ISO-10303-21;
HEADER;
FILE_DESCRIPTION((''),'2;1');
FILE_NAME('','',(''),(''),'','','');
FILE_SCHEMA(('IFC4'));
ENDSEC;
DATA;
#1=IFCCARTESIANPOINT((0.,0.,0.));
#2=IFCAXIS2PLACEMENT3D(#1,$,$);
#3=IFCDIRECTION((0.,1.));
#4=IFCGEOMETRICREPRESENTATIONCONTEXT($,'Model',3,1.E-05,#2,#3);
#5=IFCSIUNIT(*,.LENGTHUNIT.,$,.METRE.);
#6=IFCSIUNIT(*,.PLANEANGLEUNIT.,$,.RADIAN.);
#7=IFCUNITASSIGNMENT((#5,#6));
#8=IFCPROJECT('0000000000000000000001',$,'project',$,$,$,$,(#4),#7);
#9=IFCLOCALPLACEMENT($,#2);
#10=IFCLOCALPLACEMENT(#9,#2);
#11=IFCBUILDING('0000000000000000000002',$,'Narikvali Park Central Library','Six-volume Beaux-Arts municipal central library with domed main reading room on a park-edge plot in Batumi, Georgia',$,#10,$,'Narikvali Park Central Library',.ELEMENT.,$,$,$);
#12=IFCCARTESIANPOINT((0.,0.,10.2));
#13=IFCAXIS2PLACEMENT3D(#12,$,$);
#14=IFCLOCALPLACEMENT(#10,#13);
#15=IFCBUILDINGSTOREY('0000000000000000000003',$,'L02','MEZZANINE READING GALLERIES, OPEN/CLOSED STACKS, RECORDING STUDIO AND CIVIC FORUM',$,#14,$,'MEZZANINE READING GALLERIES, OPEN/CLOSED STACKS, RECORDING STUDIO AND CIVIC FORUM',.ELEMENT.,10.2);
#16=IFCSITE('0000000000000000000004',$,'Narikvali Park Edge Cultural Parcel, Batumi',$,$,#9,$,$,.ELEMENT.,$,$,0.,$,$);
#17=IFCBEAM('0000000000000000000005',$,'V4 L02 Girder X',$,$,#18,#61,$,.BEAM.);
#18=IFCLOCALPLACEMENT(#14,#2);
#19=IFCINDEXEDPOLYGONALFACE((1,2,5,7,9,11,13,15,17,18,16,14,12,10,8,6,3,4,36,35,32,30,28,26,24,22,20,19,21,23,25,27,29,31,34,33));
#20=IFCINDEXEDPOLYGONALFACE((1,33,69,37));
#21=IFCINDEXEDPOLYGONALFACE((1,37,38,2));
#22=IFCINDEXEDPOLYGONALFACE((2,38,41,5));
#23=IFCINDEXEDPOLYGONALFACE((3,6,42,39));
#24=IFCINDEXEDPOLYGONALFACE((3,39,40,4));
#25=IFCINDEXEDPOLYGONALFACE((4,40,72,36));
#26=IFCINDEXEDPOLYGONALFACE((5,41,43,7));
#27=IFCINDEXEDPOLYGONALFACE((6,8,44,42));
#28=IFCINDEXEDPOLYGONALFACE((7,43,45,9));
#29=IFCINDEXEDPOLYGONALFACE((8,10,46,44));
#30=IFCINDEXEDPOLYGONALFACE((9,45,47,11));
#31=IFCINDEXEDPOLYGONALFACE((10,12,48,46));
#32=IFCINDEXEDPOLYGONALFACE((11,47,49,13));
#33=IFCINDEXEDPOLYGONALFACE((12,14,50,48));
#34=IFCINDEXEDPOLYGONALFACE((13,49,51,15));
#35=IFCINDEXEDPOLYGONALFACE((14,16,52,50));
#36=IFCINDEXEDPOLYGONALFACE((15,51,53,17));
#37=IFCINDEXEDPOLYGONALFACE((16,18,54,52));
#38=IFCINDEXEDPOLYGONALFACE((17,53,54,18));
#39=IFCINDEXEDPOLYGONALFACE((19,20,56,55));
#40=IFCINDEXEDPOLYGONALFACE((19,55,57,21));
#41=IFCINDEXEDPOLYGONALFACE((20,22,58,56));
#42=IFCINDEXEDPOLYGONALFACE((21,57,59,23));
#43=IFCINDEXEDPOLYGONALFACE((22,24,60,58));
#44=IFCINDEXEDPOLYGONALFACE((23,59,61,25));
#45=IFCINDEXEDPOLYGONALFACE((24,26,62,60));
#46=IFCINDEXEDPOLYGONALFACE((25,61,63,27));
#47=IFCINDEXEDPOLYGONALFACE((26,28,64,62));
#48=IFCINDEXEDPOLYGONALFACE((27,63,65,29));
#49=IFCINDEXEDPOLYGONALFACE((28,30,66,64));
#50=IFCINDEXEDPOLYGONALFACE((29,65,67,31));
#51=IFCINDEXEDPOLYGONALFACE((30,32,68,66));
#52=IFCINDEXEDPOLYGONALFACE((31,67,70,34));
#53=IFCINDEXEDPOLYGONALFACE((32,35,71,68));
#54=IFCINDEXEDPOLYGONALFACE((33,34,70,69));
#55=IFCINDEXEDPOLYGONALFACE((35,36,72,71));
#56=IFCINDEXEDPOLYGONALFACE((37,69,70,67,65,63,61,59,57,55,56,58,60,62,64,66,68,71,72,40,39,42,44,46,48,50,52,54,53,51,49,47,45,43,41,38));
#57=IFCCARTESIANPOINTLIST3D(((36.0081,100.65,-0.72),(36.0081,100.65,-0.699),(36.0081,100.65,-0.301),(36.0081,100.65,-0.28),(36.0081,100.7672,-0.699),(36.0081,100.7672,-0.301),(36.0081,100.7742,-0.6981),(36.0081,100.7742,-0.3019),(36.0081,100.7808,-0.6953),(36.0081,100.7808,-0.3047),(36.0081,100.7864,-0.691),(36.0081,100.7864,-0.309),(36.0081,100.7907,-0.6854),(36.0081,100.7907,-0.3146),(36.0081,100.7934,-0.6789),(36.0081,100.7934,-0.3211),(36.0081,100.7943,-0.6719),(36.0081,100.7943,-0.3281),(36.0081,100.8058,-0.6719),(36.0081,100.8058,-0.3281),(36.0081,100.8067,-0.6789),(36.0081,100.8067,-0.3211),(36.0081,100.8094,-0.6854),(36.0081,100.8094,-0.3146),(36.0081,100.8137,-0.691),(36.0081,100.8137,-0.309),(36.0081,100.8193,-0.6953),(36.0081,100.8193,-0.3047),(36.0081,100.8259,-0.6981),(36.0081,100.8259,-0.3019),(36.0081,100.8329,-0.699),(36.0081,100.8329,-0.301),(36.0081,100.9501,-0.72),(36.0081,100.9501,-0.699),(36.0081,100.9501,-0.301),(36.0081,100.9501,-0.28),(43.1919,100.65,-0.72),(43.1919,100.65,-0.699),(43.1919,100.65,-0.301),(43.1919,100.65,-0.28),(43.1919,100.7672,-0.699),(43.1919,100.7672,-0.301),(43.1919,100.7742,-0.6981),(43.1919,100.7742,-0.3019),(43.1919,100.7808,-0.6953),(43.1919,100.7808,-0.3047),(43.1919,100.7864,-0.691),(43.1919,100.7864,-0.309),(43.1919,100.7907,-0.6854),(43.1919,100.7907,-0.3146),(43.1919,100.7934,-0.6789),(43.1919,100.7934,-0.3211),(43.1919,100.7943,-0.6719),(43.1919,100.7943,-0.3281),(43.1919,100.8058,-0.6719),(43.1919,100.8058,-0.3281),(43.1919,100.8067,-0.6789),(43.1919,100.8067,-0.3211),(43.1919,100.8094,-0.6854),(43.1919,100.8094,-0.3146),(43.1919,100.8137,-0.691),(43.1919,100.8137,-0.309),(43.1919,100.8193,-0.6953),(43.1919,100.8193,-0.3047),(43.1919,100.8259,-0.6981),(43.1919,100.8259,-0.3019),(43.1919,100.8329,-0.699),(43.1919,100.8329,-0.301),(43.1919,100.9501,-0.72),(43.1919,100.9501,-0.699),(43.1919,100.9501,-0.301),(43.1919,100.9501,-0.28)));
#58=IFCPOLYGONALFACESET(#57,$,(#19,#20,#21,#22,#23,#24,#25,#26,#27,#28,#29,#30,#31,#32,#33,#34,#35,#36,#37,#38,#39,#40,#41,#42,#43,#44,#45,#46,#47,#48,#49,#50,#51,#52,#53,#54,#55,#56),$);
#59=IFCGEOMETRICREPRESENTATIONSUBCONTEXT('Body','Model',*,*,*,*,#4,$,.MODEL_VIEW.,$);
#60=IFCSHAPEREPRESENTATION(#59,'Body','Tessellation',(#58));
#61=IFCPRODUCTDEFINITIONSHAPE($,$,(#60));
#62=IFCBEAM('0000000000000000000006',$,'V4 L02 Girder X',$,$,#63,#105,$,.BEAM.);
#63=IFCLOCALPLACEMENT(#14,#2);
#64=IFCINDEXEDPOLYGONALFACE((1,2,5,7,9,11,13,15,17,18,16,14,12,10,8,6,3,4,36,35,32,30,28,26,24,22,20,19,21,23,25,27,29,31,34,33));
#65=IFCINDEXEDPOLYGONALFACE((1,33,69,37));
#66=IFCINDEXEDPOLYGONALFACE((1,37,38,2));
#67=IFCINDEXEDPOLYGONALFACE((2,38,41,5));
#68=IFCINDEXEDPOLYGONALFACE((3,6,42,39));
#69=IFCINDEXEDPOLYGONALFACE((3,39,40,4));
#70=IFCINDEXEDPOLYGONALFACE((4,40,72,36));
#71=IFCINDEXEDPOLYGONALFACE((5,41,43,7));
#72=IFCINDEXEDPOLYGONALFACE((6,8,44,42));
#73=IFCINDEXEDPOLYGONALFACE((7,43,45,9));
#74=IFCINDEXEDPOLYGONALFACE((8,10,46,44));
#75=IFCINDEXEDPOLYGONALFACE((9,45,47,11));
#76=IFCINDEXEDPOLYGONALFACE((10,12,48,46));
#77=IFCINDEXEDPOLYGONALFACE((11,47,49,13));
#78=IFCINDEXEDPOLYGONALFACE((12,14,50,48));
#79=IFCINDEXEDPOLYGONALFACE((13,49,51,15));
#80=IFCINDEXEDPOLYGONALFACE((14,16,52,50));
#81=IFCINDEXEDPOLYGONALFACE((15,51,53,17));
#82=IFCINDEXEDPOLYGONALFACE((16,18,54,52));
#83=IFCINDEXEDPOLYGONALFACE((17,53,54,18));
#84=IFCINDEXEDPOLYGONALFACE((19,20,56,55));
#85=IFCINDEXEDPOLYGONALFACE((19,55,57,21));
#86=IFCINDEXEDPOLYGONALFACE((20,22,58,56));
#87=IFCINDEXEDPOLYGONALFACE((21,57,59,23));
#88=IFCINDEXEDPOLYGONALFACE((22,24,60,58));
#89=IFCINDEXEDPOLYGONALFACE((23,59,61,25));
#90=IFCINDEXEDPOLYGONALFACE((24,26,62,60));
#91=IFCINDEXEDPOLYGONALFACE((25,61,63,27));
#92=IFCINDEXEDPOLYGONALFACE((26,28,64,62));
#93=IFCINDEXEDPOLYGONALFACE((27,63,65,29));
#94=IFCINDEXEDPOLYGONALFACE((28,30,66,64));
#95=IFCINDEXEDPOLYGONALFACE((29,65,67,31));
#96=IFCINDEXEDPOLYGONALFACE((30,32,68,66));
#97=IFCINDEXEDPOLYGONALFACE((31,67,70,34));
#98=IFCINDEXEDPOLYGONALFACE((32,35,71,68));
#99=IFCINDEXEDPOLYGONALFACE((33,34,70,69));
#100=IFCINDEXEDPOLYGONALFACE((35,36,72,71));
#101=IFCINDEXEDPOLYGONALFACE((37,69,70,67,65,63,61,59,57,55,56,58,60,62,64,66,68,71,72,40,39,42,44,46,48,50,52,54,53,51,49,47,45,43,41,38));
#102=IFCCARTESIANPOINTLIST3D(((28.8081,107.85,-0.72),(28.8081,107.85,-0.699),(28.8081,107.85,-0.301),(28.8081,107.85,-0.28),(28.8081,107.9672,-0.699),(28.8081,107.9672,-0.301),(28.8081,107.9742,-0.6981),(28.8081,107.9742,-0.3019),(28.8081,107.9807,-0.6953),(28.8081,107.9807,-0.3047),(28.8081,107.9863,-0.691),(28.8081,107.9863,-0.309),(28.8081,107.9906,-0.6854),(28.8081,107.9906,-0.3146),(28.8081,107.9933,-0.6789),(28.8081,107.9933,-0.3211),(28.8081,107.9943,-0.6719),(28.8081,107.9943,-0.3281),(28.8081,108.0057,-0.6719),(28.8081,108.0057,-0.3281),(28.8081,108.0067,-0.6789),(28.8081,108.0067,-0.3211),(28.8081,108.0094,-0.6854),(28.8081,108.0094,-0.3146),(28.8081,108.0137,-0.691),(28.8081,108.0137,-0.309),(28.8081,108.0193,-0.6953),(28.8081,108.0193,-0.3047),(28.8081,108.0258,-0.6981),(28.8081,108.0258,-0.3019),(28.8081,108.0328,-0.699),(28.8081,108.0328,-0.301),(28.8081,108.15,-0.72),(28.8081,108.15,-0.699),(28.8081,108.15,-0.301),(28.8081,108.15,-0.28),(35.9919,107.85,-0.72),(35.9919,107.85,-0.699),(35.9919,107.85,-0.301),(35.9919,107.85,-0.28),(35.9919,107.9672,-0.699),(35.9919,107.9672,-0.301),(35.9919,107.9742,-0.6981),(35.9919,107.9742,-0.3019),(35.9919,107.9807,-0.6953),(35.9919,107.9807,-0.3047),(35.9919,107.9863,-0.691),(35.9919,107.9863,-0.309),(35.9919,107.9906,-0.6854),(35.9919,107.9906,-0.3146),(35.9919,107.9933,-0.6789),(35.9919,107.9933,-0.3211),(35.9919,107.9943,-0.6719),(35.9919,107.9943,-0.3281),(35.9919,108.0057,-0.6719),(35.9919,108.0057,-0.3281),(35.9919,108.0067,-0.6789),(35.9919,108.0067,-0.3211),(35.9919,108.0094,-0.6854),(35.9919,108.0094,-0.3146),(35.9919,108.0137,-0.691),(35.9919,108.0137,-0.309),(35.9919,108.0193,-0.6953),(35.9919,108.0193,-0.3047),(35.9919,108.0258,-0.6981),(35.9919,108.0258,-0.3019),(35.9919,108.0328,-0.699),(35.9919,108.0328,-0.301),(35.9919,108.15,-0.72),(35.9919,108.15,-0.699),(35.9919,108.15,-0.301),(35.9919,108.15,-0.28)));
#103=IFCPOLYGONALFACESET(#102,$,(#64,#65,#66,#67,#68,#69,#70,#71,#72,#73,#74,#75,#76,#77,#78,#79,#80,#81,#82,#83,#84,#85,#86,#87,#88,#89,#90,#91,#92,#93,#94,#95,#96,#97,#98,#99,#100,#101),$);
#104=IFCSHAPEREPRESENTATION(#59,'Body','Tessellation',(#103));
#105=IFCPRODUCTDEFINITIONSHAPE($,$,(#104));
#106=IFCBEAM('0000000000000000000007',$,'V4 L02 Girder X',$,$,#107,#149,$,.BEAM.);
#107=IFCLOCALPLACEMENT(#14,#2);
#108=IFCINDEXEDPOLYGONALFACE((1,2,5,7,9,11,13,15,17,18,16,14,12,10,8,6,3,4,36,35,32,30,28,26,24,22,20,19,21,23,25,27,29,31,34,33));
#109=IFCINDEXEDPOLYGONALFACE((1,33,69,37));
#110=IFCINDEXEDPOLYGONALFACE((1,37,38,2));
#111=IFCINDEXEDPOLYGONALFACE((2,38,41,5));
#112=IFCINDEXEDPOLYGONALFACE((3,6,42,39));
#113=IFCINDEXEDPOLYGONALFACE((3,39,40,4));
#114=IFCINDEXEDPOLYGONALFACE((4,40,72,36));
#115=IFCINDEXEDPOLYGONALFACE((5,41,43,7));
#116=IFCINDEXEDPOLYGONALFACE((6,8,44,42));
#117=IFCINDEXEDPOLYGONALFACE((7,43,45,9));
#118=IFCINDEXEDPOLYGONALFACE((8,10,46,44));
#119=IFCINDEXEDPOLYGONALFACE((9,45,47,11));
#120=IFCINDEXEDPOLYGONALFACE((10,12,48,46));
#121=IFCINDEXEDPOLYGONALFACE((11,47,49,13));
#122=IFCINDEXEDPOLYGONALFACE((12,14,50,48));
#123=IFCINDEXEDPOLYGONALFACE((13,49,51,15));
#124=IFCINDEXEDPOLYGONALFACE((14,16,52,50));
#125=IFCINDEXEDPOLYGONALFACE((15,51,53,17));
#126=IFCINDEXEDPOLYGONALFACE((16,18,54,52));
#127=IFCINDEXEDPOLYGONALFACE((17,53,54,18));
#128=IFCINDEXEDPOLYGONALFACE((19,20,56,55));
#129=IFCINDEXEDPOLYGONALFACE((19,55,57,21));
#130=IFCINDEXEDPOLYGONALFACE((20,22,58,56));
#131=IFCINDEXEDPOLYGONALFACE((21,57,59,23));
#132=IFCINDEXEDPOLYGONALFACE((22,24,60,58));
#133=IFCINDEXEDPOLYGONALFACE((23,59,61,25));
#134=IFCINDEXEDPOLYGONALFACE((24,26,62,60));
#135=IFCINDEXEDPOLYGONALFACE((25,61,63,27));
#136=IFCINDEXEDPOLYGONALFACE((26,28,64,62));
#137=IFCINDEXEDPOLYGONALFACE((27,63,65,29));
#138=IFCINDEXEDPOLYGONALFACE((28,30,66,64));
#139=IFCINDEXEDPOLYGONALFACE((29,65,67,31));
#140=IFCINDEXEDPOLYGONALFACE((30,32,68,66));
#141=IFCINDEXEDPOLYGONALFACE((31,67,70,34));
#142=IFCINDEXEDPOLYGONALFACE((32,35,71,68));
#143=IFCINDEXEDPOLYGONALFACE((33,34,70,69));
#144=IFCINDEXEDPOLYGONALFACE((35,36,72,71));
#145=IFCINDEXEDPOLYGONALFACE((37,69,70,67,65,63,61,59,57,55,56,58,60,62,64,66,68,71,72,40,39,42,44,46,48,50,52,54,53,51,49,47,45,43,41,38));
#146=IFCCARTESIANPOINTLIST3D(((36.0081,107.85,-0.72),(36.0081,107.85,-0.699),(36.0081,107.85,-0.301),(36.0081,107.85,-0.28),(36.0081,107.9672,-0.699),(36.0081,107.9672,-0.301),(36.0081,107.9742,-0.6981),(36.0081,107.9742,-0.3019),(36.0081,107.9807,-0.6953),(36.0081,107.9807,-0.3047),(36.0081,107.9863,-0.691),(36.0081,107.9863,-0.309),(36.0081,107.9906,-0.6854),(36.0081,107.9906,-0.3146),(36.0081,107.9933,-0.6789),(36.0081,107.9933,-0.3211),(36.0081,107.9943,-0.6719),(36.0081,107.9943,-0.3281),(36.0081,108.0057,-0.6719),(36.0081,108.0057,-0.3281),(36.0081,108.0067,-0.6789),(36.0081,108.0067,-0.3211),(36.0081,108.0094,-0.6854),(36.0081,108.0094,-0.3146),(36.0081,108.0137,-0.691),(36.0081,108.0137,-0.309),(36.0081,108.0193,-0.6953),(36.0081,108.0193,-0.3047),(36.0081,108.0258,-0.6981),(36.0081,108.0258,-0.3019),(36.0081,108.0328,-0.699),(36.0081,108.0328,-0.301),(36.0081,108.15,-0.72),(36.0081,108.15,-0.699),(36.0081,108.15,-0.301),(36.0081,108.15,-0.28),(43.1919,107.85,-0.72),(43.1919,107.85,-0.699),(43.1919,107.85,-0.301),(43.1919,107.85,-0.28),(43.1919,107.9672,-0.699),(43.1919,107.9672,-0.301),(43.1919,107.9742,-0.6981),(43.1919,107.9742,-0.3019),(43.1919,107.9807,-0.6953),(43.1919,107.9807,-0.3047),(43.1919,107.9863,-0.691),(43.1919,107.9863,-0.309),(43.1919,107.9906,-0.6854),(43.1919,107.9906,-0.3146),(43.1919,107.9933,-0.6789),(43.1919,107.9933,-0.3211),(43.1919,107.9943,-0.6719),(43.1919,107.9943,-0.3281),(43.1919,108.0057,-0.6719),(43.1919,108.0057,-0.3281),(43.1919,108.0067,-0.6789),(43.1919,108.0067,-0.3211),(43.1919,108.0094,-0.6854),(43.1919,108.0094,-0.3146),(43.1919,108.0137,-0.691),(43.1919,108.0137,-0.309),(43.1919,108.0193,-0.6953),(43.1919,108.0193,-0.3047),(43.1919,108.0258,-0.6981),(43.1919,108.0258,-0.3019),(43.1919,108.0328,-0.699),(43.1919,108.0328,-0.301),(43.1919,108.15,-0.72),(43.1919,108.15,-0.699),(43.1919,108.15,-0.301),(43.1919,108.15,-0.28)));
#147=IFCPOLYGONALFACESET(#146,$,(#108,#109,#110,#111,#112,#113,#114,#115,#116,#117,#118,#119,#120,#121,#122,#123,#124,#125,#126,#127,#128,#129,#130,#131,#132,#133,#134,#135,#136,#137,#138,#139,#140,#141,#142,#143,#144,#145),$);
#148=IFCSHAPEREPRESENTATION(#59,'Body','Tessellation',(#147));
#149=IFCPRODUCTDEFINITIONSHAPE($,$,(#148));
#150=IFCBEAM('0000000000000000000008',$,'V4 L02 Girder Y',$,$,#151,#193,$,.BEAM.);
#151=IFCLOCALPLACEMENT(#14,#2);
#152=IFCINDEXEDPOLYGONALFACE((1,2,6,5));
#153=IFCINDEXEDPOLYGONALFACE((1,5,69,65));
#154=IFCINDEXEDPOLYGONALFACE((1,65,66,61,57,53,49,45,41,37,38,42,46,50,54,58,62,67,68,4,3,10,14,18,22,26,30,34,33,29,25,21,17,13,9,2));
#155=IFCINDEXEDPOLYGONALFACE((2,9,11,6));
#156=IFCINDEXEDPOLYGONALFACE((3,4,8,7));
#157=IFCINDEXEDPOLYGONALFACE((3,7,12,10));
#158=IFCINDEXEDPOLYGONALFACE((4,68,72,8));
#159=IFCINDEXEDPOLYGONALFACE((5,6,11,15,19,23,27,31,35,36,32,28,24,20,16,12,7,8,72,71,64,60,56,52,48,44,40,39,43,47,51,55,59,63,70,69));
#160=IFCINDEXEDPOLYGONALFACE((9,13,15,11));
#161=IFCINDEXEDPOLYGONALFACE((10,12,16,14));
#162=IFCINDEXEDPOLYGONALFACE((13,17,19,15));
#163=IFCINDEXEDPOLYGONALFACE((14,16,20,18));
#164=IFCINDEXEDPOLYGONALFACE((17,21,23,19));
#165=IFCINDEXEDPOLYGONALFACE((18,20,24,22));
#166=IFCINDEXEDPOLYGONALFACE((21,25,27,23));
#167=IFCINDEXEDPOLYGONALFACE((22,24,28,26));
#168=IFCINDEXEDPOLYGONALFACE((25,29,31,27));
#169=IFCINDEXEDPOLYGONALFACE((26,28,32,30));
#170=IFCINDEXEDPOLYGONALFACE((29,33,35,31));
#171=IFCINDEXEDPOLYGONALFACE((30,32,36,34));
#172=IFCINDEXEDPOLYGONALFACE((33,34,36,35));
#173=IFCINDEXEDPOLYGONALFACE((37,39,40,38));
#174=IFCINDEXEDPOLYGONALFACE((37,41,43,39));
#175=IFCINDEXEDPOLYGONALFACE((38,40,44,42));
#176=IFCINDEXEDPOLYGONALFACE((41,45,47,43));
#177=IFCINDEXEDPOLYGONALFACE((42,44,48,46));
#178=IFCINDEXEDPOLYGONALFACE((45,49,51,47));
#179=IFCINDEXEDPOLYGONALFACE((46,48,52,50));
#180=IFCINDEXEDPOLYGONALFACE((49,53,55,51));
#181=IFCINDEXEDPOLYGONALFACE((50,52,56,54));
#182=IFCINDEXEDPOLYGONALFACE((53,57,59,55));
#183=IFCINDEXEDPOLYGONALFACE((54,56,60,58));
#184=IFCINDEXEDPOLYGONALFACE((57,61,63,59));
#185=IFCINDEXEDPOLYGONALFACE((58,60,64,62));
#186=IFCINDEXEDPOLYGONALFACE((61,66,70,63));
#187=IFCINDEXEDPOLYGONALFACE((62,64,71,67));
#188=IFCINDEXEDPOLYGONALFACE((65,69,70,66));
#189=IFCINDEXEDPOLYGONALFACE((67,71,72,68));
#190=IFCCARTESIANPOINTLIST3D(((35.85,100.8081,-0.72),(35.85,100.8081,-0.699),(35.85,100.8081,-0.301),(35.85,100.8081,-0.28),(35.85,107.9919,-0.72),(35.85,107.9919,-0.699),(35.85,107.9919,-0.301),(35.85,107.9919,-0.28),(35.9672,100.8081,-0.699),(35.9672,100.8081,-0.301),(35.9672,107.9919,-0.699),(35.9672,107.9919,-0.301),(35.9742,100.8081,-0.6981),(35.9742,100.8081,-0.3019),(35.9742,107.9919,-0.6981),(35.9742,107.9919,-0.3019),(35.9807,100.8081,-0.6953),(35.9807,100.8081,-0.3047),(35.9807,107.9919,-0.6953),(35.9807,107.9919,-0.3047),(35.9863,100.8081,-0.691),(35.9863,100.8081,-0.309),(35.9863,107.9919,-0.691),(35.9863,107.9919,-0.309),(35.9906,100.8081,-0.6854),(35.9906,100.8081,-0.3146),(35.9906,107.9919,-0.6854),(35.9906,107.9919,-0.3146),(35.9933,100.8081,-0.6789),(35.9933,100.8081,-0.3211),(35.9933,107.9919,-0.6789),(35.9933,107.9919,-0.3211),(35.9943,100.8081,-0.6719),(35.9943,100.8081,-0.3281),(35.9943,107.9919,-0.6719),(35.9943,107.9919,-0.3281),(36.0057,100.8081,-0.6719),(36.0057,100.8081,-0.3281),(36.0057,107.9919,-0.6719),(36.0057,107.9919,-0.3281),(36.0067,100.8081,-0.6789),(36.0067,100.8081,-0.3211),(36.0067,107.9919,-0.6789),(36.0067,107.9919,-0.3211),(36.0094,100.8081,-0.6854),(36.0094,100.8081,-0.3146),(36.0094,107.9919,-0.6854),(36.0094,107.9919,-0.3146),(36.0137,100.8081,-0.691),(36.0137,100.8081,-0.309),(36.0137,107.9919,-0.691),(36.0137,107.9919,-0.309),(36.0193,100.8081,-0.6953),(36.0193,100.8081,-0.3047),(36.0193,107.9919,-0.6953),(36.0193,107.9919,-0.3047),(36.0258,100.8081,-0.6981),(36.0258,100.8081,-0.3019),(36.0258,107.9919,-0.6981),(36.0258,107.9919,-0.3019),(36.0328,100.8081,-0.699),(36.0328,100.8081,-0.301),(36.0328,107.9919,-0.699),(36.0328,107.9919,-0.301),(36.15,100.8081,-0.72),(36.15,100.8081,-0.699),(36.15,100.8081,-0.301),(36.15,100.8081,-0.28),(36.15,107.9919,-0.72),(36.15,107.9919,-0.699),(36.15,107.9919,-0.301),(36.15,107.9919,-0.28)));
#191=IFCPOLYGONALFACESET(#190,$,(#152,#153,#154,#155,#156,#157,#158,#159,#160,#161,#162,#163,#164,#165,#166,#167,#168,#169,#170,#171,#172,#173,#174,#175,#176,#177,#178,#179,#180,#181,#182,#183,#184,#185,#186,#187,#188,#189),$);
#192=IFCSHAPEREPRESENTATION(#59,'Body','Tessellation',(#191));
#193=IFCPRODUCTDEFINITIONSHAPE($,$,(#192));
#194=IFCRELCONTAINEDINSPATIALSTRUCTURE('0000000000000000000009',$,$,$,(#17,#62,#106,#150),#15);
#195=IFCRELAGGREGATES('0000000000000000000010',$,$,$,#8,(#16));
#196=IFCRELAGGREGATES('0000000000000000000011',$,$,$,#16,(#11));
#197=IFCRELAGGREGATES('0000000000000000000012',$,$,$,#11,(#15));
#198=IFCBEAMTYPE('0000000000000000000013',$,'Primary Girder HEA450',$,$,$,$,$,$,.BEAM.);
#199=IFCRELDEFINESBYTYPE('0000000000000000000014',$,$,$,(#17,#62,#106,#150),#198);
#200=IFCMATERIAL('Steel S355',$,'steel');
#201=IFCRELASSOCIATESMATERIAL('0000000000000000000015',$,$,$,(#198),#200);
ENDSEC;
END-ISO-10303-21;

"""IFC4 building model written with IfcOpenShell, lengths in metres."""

from ifc_helpers import new_model, si_unit, direction, frame, origin, origin_2d, place, context, subcontext, project, spatial, i_section, extrude, material, material_profile, profile_set, type_object, element, save


model = new_model("IFC4")

# Units and contexts
model_context = context("Model", 3, precision=1e-05, world=origin(), true_north=direction((0.0, 1.0)))
body_context = subcontext(model_context, "Body", "Model", "MODEL_VIEW")
ifc_project = project(units=[si_unit("LENGTHUNIT", "METRE"), si_unit("PLANEANGLEUNIT", "RADIAN")], contexts=[model_context])

# Site, building, storey
site_placement = place(None, origin())
site = spatial("IfcSite", under=ifc_project, at=site_placement, Name="Narikvali Park Edge Cultural Parcel, Batumi", CompositionType="ELEMENT", RefElevation=0.0)
building_placement = place(site_placement, origin())
building = spatial("IfcBuilding", under=site, at=building_placement, Name="Narikvali Park Central Library", Description="Six-volume Beaux-Arts municipal central library with domed main reading room on a park-edge plot in Batumi, Georgia", LongName="Narikvali Park Central Library", CompositionType="ELEMENT")
storey_placement = place(building_placement, frame((0.0, 0.0, 10.2)))
storey = spatial("IfcBuildingStorey", under=building, at=storey_placement, Name="L02", Description="MEZZANINE READING GALLERIES, OPEN/CLOSED STACKS, RECORDING STUDIO AND CIVIC FORUM", LongName="MEZZANINE READING GALLERIES, OPEN/CLOSED STACKS, RECORDING STUDIO AND CIVIC FORUM", CompositionType="ELEMENT", Elevation=10.2)

# Shared definitions
ifc_material_1 = material(Name="Steel S355", Category="steel")

# Beams
ifc_material_profile_1 = material_profile(ifc_material_1, i_section(OverallWidth=0.3, OverallDepth=0.4399, WebThickness=0.0115, FlangeThickness=0.021, FilletRadius=0.0271, at=origin_2d()), Name="HEA 450")
ifc_profile_set_1 = profile_set([ifc_material_profile_1], Name="Steel S355")
beam_type_1 = type_object("IfcBeamType", Name="Primary Girder HEA450", PredefinedType="BEAM", material=ifc_profile_set_1)
for number, where, z_axis, x_axis, name in (
    (1, (36.0081, 100.8, -0.5), (1.0, 0.0, 0.0), (0.0, 1.0, 0.0), "V4 L02 Girder X"),
    (2, (28.8081, 108.0, -0.5), (1.0, 0.0, 0.0), (0.0, 1.0, 0.0), "V4 L02 Girder X"),
    (3, (36.0081, 108.0, -0.5), (1.0, 0.0, 0.0), (0.0, 1.0, 0.0), "V4 L02 Girder X"),
    (4, (36.0, 100.8081, -0.5), (0.0, 1.0, 0.0), (-1.0, 0.0, 0.0), "V4 L02 Girder Y"),
):
    element("IfcBeam", number, at=place(storey_placement, frame(where, z_axis=z_axis, x_axis=x_axis)), inside=storey, type_object=beam_type_1, Name=name, PredefinedType="BEAM", context=body_context, shape_type="SweptSolid", body=[
        extrude(i_section(OverallWidth=0.3, OverallDepth=0.4399, WebThickness=0.0115, FlangeThickness=0.021, FilletRadius=0.0271, at=origin_2d()), origin(), (0.0, 0.0, 1.0), 7.1838),
    ])

save(model, "model.ifc")
